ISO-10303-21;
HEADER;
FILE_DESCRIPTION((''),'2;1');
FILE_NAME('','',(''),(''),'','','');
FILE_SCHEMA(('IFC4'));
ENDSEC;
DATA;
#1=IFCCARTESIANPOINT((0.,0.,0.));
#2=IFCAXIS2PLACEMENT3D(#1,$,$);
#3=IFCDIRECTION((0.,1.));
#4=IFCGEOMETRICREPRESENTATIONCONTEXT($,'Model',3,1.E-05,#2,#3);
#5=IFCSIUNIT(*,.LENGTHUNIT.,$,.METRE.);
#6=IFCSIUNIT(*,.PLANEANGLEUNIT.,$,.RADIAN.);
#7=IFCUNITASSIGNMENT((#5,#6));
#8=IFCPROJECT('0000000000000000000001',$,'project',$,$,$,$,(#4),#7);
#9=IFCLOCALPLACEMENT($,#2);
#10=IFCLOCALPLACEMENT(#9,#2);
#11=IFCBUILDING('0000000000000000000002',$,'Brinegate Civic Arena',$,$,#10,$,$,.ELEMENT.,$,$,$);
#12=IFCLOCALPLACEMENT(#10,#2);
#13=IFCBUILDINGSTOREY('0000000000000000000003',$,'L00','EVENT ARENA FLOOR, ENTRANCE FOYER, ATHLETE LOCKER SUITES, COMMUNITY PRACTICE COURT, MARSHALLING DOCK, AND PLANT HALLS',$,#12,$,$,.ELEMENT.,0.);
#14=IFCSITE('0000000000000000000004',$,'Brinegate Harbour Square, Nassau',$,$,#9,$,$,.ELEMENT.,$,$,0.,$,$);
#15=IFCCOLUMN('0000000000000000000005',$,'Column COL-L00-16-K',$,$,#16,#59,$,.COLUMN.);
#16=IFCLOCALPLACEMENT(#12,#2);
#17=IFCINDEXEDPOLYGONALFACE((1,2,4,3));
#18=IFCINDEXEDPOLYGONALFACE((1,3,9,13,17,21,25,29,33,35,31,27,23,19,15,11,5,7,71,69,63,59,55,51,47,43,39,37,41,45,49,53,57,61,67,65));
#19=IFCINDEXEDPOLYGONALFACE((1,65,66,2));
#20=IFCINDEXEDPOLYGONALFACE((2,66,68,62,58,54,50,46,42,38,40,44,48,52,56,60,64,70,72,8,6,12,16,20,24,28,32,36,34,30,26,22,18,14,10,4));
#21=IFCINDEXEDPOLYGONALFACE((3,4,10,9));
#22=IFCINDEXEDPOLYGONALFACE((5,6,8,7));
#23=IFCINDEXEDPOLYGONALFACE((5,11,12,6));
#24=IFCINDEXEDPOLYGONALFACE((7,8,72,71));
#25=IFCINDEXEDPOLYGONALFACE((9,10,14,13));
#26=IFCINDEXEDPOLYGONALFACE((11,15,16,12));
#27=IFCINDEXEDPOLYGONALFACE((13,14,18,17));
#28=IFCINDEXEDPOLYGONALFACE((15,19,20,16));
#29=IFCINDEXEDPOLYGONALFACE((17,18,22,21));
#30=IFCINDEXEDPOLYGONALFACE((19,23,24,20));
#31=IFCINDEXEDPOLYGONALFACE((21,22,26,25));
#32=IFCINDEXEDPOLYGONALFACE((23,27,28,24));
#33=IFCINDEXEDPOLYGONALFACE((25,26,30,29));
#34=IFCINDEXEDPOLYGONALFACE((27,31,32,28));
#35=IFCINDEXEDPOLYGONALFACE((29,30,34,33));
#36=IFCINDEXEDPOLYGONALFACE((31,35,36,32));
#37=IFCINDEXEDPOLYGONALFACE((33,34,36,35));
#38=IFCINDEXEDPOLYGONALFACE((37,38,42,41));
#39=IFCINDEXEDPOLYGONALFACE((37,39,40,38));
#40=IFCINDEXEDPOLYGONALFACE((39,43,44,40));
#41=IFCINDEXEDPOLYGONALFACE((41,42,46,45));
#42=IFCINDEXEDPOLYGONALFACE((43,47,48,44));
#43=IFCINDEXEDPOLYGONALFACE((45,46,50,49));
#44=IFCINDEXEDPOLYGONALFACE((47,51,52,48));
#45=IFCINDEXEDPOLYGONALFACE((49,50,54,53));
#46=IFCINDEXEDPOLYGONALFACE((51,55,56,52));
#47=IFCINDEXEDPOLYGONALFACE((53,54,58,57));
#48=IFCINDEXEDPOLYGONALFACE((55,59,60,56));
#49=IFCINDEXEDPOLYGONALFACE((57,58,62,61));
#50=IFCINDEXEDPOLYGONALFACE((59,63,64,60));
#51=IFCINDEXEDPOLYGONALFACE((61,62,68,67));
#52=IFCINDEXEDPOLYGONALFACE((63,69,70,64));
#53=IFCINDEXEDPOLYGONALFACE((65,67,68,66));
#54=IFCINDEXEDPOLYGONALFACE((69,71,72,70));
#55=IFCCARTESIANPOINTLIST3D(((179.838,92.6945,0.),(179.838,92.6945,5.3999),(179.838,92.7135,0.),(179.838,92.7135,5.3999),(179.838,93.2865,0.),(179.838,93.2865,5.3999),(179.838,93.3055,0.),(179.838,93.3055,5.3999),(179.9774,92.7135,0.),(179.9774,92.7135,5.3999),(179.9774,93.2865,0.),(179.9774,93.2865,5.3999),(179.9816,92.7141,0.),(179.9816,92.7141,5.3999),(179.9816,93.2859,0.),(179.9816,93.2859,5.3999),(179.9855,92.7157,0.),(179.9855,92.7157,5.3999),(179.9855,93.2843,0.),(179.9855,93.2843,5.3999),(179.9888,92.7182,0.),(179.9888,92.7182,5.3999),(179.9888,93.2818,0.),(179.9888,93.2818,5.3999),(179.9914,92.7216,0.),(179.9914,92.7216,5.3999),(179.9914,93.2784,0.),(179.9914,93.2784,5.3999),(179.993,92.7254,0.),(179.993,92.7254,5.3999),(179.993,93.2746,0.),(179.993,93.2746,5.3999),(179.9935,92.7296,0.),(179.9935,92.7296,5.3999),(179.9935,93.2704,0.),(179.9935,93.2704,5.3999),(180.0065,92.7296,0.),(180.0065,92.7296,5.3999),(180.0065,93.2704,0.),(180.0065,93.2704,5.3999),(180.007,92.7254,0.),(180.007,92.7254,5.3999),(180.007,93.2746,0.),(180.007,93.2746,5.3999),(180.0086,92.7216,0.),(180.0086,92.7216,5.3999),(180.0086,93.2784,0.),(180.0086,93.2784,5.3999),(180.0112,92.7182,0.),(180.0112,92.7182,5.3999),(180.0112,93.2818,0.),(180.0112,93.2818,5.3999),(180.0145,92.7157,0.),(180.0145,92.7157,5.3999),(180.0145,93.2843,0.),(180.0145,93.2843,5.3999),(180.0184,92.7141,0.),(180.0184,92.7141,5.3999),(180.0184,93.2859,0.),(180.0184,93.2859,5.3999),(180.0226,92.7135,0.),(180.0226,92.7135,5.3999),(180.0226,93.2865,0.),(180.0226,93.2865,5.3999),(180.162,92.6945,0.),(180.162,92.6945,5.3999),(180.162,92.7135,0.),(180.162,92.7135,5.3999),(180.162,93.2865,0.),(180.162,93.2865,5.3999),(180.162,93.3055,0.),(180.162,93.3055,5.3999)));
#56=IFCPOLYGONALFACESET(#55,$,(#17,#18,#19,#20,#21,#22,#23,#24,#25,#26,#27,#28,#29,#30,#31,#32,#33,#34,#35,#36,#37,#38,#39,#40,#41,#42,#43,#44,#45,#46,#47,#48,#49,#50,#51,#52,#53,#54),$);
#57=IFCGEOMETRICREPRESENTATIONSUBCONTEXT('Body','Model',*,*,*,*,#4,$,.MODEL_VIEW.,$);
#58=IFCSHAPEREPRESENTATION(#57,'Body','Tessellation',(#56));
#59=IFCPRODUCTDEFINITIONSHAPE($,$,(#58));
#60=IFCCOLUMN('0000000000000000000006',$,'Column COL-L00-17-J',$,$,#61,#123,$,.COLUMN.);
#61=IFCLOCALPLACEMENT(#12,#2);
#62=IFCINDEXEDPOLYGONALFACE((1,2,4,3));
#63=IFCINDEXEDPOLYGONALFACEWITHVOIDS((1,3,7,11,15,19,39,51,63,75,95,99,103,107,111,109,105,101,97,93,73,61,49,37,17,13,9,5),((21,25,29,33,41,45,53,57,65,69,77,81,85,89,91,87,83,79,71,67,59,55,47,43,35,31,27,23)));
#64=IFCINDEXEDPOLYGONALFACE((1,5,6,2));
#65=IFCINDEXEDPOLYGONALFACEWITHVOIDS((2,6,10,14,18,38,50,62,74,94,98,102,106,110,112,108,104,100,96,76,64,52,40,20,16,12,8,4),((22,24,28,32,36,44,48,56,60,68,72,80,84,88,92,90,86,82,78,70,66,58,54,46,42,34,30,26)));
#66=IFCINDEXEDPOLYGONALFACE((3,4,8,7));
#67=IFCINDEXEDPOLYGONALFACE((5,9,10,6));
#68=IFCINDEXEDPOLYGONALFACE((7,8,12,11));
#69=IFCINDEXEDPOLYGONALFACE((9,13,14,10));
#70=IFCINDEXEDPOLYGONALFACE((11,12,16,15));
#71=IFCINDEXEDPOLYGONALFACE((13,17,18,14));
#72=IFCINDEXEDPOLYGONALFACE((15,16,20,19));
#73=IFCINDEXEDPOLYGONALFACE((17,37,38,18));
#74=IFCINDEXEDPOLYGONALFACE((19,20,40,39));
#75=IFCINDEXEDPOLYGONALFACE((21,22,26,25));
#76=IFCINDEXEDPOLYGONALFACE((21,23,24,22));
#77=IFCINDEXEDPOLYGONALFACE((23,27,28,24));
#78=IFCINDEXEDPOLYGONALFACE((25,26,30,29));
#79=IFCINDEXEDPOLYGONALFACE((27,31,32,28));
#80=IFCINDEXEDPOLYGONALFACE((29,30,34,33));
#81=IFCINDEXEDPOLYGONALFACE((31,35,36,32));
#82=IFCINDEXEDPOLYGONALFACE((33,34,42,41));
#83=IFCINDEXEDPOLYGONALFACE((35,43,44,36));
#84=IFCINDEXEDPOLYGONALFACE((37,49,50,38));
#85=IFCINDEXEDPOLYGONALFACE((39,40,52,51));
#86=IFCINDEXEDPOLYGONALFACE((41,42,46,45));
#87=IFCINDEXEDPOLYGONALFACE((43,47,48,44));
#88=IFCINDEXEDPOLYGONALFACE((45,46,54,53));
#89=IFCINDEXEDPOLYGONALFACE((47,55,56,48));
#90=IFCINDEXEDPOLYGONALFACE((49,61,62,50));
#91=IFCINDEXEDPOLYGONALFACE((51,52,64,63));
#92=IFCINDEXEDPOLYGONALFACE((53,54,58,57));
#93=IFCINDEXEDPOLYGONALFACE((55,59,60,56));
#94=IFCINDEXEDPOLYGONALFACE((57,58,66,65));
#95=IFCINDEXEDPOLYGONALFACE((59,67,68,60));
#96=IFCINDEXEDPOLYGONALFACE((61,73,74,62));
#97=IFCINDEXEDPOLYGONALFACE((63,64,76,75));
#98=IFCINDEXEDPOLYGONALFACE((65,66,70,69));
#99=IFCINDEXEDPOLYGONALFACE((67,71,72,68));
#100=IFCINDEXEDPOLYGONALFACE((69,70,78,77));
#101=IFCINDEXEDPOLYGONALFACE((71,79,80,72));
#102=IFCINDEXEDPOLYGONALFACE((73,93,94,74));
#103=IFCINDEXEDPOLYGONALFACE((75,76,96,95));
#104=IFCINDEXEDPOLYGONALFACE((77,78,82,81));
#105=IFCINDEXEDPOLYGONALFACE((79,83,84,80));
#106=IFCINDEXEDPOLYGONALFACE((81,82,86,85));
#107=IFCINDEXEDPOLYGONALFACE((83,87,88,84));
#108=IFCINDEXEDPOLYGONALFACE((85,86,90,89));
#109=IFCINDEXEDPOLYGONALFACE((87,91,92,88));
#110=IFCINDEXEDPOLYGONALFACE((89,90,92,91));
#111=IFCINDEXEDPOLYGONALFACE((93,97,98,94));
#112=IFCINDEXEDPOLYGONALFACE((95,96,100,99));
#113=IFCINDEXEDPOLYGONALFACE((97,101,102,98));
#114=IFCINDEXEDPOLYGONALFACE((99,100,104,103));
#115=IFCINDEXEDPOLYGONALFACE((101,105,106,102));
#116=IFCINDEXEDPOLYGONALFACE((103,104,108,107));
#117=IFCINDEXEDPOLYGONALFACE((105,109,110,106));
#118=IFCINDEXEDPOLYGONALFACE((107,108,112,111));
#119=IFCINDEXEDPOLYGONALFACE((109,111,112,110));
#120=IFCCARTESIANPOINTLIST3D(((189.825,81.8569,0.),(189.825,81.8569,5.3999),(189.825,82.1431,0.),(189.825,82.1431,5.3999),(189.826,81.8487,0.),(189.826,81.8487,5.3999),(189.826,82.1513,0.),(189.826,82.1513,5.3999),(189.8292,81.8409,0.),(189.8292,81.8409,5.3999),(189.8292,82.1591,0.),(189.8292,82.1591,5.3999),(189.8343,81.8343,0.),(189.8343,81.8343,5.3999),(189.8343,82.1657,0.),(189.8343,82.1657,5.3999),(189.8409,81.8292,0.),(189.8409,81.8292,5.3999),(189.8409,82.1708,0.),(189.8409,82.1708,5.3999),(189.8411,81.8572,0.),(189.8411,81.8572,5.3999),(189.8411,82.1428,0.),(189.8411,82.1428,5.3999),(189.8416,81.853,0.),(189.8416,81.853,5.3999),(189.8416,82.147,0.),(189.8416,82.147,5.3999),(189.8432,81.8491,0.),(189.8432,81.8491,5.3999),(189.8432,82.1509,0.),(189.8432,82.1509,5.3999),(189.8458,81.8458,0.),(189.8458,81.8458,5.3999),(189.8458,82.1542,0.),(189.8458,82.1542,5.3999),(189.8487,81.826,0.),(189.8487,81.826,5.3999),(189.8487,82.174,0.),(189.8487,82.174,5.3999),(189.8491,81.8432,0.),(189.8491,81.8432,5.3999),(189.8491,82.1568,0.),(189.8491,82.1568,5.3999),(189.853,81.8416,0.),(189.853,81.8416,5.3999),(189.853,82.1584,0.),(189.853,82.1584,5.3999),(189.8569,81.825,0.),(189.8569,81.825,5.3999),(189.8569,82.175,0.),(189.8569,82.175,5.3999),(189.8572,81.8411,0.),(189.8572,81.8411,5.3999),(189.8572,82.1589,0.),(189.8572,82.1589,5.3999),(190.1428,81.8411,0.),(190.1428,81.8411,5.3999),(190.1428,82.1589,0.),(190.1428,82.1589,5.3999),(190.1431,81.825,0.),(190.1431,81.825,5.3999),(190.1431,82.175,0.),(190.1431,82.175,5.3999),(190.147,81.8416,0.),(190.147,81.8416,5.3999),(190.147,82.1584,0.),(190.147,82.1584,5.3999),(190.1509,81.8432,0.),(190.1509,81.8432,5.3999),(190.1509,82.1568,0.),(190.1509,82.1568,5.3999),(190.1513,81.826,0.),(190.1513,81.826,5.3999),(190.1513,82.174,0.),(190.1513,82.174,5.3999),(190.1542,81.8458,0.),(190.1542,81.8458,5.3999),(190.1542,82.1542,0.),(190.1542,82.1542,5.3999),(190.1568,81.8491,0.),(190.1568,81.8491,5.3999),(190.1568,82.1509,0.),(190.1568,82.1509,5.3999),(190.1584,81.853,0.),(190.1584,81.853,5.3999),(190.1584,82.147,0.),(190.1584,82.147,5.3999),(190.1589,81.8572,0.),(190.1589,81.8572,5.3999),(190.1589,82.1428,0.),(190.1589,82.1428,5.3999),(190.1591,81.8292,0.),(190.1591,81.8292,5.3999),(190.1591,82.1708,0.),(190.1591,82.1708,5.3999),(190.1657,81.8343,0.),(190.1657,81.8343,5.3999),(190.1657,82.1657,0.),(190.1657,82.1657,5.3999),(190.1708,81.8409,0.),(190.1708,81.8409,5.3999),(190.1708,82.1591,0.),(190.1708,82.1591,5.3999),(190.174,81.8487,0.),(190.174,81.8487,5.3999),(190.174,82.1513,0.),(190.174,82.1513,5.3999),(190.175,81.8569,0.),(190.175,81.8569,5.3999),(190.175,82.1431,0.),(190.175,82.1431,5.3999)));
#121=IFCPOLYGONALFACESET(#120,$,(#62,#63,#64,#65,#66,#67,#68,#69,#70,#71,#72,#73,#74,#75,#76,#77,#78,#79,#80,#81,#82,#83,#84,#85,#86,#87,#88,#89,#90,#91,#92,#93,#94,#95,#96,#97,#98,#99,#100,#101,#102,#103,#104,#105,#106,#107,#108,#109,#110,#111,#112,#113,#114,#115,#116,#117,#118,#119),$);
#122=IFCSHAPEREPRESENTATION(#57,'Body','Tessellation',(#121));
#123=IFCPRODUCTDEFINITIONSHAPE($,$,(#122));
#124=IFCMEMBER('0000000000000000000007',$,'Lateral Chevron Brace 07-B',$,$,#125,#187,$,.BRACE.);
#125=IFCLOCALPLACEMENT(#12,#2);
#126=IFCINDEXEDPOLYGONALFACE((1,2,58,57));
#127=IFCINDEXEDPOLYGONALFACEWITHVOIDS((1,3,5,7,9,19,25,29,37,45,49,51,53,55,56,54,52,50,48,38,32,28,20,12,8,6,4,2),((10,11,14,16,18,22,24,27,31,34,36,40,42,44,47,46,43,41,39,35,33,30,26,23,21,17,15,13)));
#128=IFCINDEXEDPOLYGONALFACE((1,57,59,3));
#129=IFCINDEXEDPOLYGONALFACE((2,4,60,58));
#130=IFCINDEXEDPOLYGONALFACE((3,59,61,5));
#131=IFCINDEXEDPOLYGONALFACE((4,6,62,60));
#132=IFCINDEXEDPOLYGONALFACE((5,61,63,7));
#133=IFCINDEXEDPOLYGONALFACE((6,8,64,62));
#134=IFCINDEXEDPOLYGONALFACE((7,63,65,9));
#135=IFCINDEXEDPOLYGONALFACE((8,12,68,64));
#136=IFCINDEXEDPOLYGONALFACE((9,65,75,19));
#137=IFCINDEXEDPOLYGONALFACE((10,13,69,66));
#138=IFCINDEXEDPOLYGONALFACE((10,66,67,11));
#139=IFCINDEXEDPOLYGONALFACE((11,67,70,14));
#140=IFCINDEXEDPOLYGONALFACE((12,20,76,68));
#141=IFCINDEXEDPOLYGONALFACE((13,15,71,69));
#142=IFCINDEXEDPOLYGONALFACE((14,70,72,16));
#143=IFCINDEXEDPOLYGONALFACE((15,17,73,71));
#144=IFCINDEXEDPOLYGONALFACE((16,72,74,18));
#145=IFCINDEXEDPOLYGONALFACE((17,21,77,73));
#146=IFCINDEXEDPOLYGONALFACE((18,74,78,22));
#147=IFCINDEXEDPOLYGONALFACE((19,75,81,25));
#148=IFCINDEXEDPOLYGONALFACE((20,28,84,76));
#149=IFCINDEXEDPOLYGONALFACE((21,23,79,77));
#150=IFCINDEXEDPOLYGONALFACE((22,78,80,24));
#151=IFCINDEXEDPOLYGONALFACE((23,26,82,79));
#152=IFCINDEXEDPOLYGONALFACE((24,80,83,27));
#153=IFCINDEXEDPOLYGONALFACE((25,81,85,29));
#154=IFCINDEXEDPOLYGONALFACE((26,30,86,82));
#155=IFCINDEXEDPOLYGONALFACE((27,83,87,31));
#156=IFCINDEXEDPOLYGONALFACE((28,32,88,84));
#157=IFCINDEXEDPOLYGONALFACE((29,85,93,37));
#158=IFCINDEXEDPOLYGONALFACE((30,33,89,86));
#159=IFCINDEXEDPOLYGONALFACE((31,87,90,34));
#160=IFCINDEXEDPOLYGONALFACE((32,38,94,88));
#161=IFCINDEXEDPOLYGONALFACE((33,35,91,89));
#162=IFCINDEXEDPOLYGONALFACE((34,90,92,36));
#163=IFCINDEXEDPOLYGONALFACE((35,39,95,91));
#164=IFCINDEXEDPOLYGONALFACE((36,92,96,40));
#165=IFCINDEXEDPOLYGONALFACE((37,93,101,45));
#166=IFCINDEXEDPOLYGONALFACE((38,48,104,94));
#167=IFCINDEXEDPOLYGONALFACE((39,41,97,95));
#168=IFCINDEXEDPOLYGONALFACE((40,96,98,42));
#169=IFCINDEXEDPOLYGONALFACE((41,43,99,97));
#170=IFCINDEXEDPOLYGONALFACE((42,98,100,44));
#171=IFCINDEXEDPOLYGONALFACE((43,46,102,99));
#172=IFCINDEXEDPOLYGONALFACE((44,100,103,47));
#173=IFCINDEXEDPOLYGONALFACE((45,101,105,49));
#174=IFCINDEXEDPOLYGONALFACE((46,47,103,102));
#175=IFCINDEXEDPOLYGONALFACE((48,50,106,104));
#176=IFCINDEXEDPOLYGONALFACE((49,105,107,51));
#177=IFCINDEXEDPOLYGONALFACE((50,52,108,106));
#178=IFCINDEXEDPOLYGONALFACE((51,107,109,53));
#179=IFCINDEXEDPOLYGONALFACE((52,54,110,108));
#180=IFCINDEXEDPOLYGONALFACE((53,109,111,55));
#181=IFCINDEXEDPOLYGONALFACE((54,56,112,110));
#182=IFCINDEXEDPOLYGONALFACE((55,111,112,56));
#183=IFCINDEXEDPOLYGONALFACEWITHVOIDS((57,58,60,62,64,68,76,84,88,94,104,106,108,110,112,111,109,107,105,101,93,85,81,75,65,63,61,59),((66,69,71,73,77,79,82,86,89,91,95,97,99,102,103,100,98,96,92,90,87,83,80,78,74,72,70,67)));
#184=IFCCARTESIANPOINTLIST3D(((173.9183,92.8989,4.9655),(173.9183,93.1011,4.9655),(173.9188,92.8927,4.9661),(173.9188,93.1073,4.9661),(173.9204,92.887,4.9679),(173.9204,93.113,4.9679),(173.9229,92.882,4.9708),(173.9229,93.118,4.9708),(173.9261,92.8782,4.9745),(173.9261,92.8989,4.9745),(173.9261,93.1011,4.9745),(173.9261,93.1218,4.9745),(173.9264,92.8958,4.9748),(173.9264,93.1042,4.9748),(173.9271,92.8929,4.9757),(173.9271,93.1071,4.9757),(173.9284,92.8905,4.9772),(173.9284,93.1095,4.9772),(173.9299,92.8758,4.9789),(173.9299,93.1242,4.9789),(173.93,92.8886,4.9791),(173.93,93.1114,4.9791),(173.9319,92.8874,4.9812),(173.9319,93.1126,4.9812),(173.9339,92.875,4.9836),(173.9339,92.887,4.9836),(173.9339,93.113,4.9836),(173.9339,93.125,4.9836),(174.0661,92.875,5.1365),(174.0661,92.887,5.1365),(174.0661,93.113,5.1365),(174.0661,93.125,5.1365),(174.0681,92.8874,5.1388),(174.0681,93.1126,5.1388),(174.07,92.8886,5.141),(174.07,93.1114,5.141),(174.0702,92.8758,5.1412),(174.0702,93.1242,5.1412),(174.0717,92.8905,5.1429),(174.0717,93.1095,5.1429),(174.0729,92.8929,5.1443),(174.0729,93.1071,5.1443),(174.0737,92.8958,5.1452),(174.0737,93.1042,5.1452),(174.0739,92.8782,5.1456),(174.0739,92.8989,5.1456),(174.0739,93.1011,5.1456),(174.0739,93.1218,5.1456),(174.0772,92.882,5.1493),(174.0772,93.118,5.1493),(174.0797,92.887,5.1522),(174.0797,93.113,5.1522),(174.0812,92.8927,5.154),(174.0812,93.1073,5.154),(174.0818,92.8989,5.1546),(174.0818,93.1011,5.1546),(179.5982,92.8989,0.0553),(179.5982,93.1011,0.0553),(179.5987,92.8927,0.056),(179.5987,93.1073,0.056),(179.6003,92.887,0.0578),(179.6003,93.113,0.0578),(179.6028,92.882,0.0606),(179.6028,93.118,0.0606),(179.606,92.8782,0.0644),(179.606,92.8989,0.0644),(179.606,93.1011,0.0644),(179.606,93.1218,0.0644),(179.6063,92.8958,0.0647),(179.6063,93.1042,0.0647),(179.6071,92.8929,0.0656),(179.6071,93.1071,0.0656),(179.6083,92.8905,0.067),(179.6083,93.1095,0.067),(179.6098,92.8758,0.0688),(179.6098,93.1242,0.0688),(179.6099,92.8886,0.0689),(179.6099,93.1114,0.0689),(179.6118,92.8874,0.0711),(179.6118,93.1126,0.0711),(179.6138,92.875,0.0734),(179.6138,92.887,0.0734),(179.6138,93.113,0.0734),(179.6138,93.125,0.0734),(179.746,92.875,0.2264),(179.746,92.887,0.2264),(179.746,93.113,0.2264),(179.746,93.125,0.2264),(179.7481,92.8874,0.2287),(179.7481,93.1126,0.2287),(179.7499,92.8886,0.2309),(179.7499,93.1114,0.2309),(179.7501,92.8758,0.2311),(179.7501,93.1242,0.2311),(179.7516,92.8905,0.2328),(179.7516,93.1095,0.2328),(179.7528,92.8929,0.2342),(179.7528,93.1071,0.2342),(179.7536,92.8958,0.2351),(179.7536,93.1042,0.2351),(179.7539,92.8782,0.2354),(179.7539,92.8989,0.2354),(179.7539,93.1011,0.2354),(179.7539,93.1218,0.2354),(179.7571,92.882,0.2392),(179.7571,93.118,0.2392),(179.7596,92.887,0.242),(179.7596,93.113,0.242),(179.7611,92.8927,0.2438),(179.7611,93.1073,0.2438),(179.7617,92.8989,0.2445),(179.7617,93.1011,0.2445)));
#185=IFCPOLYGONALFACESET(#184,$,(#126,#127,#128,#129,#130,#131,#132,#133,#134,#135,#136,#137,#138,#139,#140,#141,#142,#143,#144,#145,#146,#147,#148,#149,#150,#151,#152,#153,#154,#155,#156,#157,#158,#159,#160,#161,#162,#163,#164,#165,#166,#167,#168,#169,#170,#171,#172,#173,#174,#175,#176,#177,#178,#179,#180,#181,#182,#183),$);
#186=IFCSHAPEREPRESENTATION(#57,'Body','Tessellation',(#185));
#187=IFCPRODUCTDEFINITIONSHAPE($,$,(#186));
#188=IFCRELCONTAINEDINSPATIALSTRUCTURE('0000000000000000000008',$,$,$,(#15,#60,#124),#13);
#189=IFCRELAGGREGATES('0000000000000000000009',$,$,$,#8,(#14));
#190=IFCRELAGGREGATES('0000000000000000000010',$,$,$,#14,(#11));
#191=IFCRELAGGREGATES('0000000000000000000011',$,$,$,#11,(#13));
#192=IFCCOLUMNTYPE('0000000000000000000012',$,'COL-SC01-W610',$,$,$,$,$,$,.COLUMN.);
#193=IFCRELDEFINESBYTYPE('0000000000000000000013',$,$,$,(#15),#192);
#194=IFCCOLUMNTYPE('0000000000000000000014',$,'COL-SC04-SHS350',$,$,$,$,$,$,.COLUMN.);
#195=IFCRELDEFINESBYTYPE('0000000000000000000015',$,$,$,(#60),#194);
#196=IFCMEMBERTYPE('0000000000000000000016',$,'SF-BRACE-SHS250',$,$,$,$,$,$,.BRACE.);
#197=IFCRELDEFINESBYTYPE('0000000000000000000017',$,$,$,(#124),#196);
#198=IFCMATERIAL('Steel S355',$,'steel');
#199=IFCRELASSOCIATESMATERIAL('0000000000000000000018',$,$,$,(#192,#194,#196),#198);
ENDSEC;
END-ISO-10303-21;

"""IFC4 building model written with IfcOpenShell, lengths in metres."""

from ifc_helpers import new_model, si_unit, direction, frame, origin, origin_2d, place, context, subcontext, project, spatial, hollow_rectangle, i_section, extrude, material, material_profile, profile_set, type_object, element, save


model = new_model("IFC4")

# Units and contexts
model_context = context("Model", 3, precision=1e-05, world=origin(), true_north=direction((0.0, 1.0)))
body_context = subcontext(model_context, "Body", "Model", "MODEL_VIEW")
ifc_project = project(units=[si_unit("LENGTHUNIT", "METRE"), si_unit("PLANEANGLEUNIT", "RADIAN")], contexts=[model_context])

# Site, building, storey
site_placement = place(None, origin())
site = spatial("IfcSite", under=ifc_project, at=site_placement, Name="Brinegate Harbour Square, Nassau", CompositionType="ELEMENT", RefElevation=0.0)
building_placement = place(site_placement, origin())
building = spatial("IfcBuilding", under=site, at=building_placement, Name="Brinegate Civic Arena", CompositionType="ELEMENT")
storey_placement = place(building_placement, origin())
storey = spatial("IfcBuildingStorey", under=building, at=storey_placement, Name="L00", Description="EVENT ARENA FLOOR, ENTRANCE FOYER, ATHLETE LOCKER SUITES, COMMUNITY PRACTICE COURT, MARSHALLING DOCK, AND PLANT HALLS", CompositionType="ELEMENT", Elevation=0.0)

# Columns
ifc_material_1 = material(Name="Steel S355", Category="steel")
ifc_material_profile_1 = material_profile(ifc_material_1, i_section(OverallWidth=0.324, OverallDepth=0.6111, WebThickness=0.0129, FlangeThickness=0.019, FilletRadius=0.0161, at=origin_2d()), Name="W610X155")
ifc_profile_set_1 = profile_set([ifc_material_profile_1], Name="Steel S355")
column_type_1 = type_object("IfcColumnType", Name="COL-SC01-W610", PredefinedType="COLUMN", material=ifc_profile_set_1)
column_1_placement = place(storey_placement, frame((180.0, 93.0, 0.0), z_axis=(0.0, 0.0, 1.0), x_axis=(1.0, 0.0, 0.0)))
element("IfcColumn", 1, at=column_1_placement, inside=storey, type_object=column_type_1, Name="Column COL-L00-16-K", PredefinedType="COLUMN", context=body_context, shape_type="SweptSolid", body=[
    extrude(i_section(OverallWidth=0.324, OverallDepth=0.6111, WebThickness=0.0129, FlangeThickness=0.019, FilletRadius=0.0161, at=origin_2d()), origin(), (0.0, 0.0, 1.0), 5.3999),
])
ifc_material_profile_2 = material_profile(ifc_material_1, hollow_rectangle(XDim=0.3501, YDim=0.3501, WallThickness=0.0161, InnerFilletRadius=0.0161, OuterFilletRadius=0.032, at=origin_2d()), Name="SHS350X16")
ifc_profile_set_2 = profile_set([ifc_material_profile_2], Name="Steel S355")
column_type_2 = type_object("IfcColumnType", Name="COL-SC04-SHS350", PredefinedType="COLUMN", material=ifc_profile_set_2)
column_2_placement = place(storey_placement, frame((190.0, 82.0, 0.0), z_axis=(0.0, 0.0, 1.0), x_axis=(1.0, 0.0, 0.0)))
element("IfcColumn", 2, at=column_2_placement, inside=storey, type_object=column_type_2, Name="Column COL-L00-17-J", PredefinedType="COLUMN", context=body_context, shape_type="SweptSolid", body=[
    extrude(hollow_rectangle(XDim=0.3501, YDim=0.3501, WallThickness=0.0161, InnerFilletRadius=0.0161, OuterFilletRadius=0.032, at=origin_2d()), origin(), (0.0, 0.0, 1.0), 5.3999),
])

# Member
ifc_material_profile_3 = material_profile(ifc_material_1, hollow_rectangle(XDim=0.25, YDim=0.25, WallThickness=0.012, InnerFilletRadius=0.012, OuterFilletRadius=0.0239, at=origin_2d()), Name="SHS250X12")
ifc_profile_set_3 = profile_set([ifc_material_profile_3], Name="Steel S355")
member_type = type_object("IfcMemberType", Name="SF-BRACE-SHS250", PredefinedType="BRACE", material=ifc_profile_set_3)
member_placement = place(storey_placement, frame((179.6799, 93.0, 0.1499), z_axis=(-0.756509, 0.0, 0.653983), x_axis=(0.0, -1.0, 0.0)))
element("IfcMember", 3, at=member_placement, inside=storey, type_object=member_type, Name="Lateral Chevron Brace 07-B", PredefinedType="BRACE", context=body_context, shape_type="SweptSolid", body=[
    extrude(hollow_rectangle(XDim=0.25, YDim=0.25, WallThickness=0.012, InnerFilletRadius=0.012, OuterFilletRadius=0.0239, at=origin_2d()), origin(), (0.0, 0.0, 1.0), 7.5081),
])

save(model, "model.ifc")
